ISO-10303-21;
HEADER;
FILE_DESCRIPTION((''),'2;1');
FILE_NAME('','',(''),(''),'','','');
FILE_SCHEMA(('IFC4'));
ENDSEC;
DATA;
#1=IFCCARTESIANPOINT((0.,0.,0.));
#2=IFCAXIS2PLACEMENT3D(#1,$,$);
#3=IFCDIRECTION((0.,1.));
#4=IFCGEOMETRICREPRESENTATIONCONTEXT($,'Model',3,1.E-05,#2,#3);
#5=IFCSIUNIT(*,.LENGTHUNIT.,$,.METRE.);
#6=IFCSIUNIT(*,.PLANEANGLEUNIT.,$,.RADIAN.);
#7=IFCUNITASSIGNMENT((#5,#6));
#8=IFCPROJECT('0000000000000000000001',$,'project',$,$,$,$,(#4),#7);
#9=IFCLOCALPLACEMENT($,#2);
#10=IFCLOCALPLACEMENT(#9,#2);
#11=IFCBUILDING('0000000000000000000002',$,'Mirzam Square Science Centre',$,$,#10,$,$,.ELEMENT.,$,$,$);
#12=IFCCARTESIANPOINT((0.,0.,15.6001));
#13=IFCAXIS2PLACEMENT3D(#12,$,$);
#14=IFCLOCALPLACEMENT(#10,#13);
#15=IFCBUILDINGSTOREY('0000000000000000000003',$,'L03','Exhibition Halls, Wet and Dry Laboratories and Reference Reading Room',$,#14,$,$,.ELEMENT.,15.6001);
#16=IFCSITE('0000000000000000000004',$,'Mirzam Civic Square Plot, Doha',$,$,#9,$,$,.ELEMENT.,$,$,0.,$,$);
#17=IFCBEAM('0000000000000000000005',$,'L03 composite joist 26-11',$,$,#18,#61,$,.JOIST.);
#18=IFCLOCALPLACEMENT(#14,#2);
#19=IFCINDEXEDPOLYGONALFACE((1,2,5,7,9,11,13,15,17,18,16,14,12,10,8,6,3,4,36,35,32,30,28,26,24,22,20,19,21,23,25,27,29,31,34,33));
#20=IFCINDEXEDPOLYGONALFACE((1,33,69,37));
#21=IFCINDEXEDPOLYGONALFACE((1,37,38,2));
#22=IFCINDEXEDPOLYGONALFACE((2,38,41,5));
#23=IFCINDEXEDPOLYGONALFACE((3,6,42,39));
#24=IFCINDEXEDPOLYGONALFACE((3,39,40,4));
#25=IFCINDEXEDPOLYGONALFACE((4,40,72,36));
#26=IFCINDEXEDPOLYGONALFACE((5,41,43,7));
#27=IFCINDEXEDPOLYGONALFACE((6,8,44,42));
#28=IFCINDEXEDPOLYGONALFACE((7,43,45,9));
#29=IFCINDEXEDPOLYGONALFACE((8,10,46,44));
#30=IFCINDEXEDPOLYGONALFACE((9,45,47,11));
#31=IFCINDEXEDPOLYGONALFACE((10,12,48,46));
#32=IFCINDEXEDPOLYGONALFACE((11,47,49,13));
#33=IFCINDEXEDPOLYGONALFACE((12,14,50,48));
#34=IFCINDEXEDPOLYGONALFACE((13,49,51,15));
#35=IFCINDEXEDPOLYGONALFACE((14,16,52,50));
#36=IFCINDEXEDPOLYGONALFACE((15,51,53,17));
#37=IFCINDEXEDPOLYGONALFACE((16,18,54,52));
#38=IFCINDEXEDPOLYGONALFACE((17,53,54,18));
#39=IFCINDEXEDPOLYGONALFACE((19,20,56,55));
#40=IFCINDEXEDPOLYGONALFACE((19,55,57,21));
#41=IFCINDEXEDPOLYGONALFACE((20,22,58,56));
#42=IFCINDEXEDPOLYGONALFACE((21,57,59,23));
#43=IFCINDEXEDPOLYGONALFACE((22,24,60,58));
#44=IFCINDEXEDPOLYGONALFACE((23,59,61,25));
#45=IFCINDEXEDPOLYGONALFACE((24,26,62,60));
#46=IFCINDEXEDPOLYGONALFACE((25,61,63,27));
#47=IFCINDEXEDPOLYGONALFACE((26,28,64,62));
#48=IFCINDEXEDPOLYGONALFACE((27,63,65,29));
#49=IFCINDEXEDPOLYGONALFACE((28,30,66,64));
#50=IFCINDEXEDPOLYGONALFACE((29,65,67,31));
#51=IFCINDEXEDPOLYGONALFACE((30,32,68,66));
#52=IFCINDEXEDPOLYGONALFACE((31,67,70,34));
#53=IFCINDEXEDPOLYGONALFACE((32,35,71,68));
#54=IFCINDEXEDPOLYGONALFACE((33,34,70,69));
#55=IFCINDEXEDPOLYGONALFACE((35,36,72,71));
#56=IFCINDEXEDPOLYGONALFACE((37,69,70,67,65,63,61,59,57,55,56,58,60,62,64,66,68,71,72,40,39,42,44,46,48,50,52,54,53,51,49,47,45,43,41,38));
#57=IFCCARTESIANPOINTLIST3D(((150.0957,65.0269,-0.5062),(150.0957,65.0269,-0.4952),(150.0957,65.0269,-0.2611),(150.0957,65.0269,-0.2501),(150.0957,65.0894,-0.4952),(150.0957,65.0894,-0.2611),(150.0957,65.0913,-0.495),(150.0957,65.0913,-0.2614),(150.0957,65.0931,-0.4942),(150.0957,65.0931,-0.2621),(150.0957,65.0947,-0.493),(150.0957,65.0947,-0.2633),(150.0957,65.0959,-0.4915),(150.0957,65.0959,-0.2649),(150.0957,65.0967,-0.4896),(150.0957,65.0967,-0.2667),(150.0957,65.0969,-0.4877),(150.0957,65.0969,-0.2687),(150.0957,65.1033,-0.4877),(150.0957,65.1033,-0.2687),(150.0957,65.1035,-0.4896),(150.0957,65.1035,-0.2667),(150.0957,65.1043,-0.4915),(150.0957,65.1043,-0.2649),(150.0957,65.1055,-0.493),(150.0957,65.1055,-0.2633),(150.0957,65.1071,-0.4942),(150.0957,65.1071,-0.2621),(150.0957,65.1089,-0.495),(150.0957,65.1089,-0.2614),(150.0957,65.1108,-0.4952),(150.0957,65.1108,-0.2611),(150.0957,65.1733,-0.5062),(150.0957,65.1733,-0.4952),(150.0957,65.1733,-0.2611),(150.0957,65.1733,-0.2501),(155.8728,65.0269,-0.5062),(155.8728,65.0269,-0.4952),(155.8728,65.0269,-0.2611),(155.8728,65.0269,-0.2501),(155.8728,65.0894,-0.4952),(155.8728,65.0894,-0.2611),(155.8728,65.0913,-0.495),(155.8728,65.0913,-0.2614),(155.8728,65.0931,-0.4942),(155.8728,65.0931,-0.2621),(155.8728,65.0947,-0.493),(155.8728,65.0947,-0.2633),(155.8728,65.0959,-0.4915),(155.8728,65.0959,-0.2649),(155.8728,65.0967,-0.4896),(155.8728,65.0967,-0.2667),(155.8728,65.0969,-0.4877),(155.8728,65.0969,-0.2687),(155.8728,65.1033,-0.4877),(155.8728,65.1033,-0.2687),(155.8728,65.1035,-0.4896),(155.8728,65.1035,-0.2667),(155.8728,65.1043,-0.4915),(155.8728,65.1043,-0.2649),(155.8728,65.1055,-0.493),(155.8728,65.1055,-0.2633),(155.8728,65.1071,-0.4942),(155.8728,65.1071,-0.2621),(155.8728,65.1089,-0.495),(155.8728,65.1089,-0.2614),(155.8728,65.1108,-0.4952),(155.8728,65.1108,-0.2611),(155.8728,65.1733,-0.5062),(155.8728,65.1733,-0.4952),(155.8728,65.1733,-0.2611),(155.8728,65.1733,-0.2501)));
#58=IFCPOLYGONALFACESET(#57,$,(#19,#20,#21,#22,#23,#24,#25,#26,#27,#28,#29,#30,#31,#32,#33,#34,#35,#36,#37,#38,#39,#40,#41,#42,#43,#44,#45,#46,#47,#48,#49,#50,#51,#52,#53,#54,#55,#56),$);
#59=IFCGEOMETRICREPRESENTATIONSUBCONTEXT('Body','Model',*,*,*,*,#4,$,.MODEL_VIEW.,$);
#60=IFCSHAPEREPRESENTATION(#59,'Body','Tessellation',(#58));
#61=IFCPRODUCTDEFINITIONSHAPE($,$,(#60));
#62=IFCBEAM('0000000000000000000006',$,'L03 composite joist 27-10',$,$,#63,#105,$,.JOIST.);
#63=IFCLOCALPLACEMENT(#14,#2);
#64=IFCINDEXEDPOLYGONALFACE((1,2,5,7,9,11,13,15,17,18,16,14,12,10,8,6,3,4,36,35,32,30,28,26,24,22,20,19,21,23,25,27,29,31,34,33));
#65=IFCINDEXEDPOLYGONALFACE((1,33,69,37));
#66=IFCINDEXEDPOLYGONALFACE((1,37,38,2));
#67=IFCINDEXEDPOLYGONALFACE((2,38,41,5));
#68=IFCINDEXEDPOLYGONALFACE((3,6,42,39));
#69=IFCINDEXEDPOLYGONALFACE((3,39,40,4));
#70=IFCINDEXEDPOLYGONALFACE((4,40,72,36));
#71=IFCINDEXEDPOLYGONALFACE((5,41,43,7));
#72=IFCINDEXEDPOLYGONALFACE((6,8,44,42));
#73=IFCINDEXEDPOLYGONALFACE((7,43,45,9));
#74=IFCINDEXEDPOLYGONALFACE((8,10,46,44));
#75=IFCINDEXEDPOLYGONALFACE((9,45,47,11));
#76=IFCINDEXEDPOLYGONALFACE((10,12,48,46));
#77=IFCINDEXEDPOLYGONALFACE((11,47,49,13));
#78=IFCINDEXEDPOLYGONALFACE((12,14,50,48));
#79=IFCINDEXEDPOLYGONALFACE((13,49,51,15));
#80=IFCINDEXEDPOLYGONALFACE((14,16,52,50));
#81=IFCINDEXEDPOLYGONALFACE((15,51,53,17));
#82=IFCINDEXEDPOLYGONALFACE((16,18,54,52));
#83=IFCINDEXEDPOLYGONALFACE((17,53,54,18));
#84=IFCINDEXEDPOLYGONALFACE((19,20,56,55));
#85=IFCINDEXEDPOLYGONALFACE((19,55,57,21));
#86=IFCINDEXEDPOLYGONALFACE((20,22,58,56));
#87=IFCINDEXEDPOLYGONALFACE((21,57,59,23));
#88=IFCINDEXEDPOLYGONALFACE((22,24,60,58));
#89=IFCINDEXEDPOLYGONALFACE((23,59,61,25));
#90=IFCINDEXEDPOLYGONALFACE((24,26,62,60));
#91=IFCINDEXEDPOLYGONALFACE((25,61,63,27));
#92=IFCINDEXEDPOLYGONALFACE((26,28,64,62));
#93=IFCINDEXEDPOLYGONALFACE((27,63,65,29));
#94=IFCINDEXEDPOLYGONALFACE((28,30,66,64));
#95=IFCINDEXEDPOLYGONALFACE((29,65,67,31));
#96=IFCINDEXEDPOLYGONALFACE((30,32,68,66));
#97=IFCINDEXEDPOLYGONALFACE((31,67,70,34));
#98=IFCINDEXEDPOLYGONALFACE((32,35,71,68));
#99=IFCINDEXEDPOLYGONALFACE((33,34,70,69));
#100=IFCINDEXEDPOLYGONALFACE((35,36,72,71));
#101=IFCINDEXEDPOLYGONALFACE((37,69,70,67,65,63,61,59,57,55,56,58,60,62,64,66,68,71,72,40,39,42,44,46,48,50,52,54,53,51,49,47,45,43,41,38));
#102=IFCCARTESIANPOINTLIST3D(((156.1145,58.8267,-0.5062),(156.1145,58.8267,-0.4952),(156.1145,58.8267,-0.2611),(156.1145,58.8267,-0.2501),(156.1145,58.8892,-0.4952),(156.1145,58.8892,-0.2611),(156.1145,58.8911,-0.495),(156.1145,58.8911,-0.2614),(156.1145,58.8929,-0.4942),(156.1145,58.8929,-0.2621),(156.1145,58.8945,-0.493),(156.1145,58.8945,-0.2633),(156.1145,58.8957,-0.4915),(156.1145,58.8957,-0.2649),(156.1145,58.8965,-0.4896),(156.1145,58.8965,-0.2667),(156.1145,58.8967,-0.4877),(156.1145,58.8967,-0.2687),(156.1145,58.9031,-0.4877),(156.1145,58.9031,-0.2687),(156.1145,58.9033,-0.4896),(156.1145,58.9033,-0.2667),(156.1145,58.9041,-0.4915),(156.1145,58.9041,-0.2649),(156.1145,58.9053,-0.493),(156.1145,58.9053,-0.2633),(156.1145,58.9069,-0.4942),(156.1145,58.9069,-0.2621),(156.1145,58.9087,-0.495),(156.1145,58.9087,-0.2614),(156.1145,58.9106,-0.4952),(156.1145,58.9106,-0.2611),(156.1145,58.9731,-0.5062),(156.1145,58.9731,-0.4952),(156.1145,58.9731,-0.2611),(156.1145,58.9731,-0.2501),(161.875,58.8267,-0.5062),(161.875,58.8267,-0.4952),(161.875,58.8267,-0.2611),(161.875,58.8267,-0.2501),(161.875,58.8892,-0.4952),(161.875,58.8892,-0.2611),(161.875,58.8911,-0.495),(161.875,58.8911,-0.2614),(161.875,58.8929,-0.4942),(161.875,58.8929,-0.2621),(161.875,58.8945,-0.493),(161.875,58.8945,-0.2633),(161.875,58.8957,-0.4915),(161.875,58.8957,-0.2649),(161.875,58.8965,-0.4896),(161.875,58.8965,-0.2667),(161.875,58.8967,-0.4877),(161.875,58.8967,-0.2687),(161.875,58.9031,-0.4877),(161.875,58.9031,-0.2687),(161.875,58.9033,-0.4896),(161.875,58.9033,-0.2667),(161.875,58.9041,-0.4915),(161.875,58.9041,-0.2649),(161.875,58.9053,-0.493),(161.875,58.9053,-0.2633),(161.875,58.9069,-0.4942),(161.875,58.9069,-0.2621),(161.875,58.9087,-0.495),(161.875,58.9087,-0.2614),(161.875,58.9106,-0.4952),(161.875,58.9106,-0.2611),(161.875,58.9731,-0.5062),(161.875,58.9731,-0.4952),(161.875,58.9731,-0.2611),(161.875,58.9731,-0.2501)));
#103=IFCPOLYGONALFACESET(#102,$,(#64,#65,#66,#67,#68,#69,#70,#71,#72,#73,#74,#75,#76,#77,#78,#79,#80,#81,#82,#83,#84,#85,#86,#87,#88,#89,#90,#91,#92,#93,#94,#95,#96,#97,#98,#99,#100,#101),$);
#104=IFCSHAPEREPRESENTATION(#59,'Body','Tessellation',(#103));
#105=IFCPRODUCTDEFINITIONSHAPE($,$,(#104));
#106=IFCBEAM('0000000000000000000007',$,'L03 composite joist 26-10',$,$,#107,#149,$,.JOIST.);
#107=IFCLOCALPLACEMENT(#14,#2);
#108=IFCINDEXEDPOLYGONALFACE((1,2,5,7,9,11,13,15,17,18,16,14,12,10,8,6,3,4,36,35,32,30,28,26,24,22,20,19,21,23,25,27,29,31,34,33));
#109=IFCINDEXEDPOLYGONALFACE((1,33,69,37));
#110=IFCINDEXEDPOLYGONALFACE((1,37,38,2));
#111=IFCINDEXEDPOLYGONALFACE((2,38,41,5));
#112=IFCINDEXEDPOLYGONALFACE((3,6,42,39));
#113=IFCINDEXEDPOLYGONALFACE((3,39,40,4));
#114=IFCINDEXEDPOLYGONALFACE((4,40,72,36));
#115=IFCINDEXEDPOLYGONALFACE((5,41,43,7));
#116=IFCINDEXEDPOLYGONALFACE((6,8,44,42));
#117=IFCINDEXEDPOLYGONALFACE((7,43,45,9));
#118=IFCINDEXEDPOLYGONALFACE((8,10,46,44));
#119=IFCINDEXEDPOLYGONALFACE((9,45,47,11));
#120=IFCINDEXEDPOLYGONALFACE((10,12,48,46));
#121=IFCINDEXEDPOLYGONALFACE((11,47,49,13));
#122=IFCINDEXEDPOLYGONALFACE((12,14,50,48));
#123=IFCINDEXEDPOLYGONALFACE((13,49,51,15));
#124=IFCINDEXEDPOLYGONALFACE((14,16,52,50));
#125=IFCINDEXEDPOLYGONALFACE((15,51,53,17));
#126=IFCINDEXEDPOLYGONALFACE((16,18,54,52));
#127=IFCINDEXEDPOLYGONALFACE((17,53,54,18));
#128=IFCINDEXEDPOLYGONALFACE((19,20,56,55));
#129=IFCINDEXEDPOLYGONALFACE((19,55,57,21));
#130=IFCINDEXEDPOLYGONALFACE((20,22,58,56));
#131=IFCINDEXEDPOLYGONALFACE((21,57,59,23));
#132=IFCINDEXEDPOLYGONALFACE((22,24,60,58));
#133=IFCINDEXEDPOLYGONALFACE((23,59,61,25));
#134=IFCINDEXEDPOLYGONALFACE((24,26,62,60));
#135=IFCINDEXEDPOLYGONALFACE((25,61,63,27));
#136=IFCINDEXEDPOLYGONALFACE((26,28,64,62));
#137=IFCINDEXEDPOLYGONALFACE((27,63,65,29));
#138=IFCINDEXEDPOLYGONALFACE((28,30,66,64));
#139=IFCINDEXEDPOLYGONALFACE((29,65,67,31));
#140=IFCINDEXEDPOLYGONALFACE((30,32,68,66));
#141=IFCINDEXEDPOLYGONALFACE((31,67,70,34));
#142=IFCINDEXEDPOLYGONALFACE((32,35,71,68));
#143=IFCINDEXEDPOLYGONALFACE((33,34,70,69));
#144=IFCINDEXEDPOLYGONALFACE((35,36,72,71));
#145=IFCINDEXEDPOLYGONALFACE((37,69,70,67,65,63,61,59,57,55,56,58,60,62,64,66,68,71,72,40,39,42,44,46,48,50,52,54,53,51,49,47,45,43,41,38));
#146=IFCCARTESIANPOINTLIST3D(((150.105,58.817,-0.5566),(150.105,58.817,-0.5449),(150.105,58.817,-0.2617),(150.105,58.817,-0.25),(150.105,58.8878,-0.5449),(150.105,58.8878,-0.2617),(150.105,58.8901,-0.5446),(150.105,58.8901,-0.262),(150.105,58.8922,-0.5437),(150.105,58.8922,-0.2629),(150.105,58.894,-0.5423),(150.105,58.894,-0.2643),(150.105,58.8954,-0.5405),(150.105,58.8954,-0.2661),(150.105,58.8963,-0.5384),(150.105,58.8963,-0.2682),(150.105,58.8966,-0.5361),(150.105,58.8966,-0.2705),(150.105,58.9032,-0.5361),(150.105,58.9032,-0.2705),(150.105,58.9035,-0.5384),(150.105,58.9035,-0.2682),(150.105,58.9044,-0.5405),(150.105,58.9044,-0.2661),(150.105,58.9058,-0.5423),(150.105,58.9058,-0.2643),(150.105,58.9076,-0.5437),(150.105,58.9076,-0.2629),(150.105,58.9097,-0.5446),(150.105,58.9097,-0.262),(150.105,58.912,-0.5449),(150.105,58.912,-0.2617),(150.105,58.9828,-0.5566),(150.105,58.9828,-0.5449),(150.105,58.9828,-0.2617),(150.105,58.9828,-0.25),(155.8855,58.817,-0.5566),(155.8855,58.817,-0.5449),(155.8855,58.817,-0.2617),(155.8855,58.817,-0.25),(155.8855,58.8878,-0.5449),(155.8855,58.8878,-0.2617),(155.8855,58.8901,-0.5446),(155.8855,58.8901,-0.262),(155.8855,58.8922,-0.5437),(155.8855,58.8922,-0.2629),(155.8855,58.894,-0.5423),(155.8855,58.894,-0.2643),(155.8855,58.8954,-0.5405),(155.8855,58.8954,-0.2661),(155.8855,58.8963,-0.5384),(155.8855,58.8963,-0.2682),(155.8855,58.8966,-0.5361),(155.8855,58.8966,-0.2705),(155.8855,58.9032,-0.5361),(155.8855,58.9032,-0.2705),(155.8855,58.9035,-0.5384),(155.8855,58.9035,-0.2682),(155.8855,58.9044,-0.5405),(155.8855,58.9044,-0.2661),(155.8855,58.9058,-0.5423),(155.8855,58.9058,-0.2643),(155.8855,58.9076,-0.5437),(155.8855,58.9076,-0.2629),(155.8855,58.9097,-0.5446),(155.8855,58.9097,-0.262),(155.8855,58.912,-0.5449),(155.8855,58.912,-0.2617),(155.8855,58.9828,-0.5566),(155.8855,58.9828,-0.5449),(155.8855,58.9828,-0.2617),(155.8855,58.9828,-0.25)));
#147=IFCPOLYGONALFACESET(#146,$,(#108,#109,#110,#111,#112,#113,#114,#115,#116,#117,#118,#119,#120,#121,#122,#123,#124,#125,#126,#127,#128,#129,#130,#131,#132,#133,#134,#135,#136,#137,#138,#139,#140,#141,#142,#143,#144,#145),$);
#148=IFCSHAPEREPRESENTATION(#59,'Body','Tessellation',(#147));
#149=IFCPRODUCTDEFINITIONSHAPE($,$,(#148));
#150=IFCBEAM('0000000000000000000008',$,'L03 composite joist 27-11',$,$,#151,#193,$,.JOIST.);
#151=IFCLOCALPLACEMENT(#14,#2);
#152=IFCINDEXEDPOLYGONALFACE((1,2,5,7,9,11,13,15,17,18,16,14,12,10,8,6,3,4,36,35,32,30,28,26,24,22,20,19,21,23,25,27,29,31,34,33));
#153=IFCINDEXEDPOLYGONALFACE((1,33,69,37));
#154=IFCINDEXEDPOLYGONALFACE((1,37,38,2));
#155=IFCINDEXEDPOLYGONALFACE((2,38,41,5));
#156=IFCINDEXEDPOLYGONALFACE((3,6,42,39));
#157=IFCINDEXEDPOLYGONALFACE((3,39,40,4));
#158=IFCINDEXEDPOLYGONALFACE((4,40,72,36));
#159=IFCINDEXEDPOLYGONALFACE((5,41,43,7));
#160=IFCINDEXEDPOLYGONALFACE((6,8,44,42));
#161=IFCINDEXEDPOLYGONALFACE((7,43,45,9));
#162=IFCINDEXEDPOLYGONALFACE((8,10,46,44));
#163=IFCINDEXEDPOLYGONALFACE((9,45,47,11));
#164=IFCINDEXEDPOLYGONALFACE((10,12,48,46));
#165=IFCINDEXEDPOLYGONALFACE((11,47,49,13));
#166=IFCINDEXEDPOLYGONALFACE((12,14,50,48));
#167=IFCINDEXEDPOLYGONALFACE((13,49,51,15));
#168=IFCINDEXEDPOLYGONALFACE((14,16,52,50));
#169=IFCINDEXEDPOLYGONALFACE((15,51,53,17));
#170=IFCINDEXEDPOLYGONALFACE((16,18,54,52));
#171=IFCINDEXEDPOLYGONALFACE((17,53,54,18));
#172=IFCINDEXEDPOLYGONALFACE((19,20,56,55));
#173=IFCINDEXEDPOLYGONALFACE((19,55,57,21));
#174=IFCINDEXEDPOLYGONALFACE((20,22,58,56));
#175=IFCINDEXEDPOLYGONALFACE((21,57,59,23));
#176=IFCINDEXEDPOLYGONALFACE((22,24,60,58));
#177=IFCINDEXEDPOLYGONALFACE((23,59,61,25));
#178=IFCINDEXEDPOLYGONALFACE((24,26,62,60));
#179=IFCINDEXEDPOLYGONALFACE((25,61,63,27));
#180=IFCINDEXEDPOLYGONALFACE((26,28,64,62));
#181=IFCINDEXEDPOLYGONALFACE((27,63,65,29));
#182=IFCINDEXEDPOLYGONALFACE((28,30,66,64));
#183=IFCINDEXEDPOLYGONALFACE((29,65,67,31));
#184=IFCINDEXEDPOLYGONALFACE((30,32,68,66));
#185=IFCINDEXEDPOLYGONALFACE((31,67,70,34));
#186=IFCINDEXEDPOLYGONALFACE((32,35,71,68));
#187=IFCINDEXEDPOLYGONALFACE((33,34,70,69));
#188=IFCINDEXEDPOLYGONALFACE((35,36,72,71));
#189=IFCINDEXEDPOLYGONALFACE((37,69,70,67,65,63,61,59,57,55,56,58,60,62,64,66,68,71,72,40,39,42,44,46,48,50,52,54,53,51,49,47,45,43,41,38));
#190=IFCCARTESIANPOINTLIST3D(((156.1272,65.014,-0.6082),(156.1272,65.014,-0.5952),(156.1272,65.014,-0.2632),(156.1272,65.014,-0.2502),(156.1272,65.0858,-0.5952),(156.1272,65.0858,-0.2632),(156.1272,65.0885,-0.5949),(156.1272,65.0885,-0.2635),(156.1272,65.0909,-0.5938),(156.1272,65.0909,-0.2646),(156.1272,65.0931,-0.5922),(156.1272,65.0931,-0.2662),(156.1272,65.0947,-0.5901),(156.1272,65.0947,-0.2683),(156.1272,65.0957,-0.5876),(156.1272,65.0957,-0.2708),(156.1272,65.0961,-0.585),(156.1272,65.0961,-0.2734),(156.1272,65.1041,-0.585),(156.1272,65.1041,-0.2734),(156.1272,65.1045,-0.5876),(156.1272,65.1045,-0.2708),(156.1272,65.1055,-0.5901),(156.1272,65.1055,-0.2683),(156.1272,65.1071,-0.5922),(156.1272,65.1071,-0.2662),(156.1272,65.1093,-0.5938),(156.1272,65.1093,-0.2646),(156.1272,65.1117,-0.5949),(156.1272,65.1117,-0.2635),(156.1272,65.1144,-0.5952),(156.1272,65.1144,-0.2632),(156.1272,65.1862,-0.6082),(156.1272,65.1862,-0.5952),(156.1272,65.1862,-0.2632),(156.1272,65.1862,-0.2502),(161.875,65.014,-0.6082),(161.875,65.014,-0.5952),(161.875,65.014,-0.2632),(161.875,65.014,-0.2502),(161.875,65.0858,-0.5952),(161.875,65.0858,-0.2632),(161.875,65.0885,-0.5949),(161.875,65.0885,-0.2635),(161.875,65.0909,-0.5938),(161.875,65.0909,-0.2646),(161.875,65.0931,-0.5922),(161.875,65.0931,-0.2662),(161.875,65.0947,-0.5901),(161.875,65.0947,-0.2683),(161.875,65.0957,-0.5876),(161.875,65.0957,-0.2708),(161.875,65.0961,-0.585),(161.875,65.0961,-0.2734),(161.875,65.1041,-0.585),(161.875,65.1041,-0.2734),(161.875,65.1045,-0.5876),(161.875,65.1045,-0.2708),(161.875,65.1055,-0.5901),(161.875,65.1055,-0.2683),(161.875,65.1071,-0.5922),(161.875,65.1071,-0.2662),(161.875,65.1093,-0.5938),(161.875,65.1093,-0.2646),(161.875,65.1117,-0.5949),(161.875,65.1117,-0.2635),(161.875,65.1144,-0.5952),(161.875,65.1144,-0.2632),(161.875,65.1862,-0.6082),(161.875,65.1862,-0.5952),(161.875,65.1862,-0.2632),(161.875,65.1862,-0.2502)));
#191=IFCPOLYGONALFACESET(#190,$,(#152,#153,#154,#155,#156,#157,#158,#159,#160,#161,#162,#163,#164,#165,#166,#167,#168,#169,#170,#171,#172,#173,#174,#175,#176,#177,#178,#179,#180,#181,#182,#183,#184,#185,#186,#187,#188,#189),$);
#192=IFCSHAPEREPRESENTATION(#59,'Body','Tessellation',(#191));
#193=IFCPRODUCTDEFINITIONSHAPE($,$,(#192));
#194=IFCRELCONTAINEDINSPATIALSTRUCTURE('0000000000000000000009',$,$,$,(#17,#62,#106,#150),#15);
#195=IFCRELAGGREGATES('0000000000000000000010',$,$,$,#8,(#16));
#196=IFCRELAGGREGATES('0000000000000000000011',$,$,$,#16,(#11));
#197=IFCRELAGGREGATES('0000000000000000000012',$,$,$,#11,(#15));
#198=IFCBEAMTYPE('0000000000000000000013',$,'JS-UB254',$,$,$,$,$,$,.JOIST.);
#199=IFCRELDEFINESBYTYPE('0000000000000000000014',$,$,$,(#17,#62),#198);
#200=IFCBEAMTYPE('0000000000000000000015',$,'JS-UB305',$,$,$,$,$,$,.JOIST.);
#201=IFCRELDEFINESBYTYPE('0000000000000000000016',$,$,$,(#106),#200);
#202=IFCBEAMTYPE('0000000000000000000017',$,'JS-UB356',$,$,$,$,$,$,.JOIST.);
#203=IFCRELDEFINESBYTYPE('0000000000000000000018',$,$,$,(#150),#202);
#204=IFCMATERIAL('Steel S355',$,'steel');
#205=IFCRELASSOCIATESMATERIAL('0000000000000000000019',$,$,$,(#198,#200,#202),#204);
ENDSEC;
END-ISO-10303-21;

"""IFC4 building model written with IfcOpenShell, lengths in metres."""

from ifc_helpers import new_model, si_unit, direction, frame, origin, origin_2d, place, context, subcontext, project, spatial, i_section, extrude, material, material_profile, profile_set, type_object, element, save


model = new_model("IFC4")

# Units and contexts
model_context = context("Model", 3, precision=1e-05, world=origin(), true_north=direction((0.0, 1.0)))
body_context = subcontext(model_context, "Body", "Model", "MODEL_VIEW")
ifc_project = project(units=[si_unit("LENGTHUNIT", "METRE"), si_unit("PLANEANGLEUNIT", "RADIAN")], contexts=[model_context])

# Site, building, storey
site_placement = place(None, origin())
site = spatial("IfcSite", under=ifc_project, at=site_placement, Name="Mirzam Civic Square Plot, Doha", CompositionType="ELEMENT", RefElevation=0.0)
building_placement = place(site_placement, origin())
building = spatial("IfcBuilding", under=site, at=building_placement, Name="Mirzam Square Science Centre", CompositionType="ELEMENT")
storey_placement = place(building_placement, frame((0.0, 0.0, 15.6001)))
storey = spatial("IfcBuildingStorey", under=building, at=storey_placement, Name="L03", Description="Exhibition Halls, Wet and Dry Laboratories and Reference Reading Room", CompositionType="ELEMENT", Elevation=15.6001)

# Shared definitions
ifc_material_1 = material(Name="Steel S355", Category="steel")

# Beams
ifc_material_profile_1 = material_profile(ifc_material_1, i_section(OverallWidth=0.1465, OverallDepth=0.2561, WebThickness=0.0063, FlangeThickness=0.011, FilletRadius=0.0076, at=origin_2d()), Name="254x146x37UB")
ifc_profile_set_1 = profile_set([ifc_material_profile_1], Name="Steel S355")
beam_type_1 = type_object("IfcBeamType", Name="JS-UB254", PredefinedType="JOIST", material=ifc_profile_set_1)
beam_1_placement = place(storey_placement, frame((150.0957, 65.1001, -0.3782), z_axis=(1.0, 0.0, 0.0), x_axis=(0.0, 1.0, 0.0)))
element("IfcBeam", 1, at=beam_1_placement, inside=storey, type_object=beam_type_1, Name="L03 composite joist 26-11", PredefinedType="JOIST", context=body_context, shape_type="SweptSolid", body=[
    extrude(i_section(OverallWidth=0.1465, OverallDepth=0.2561, WebThickness=0.0063, FlangeThickness=0.011, FilletRadius=0.0076, at=origin_2d()), origin(), (0.0, 0.0, 1.0), 5.7771),
])
beam_2_placement = place(storey_placement, frame((156.1145, 58.8999, -0.3782), z_axis=(1.0, 0.0, 0.0), x_axis=(0.0, 1.0, 0.0)))
element("IfcBeam", 2, at=beam_2_placement, inside=storey, type_object=beam_type_1, Name="L03 composite joist 27-10", PredefinedType="JOIST", context=body_context, shape_type="SweptSolid", body=[
    extrude(i_section(OverallWidth=0.1465, OverallDepth=0.2561, WebThickness=0.0063, FlangeThickness=0.011, FilletRadius=0.0076, at=origin_2d()), origin(), (0.0, 0.0, 1.0), 5.7605),
])
ifc_material_profile_2 = material_profile(ifc_material_1, i_section(OverallWidth=0.1658, OverallDepth=0.3066, WebThickness=0.0066, FlangeThickness=0.0117, FilletRadius=0.0088, at=origin_2d()), Name="305x165x46UB")
ifc_profile_set_2 = profile_set([ifc_material_profile_2], Name="Steel S355")
beam_type_2 = type_object("IfcBeamType", Name="JS-UB305", PredefinedType="JOIST", material=ifc_profile_set_2)
beam_3_placement = place(storey_placement, frame((150.105, 58.8999, -0.4033), z_axis=(1.0, 0.0, 0.0), x_axis=(0.0, 1.0, 0.0)))
element("IfcBeam", 3, at=beam_3_placement, inside=storey, type_object=beam_type_2, Name="L03 composite joist 26-10", PredefinedType="JOIST", context=body_context, shape_type="SweptSolid", body=[
    extrude(i_section(OverallWidth=0.1658, OverallDepth=0.3066, WebThickness=0.0066, FlangeThickness=0.0117, FilletRadius=0.0088, at=origin_2d()), origin(), (0.0, 0.0, 1.0), 5.7805),
])
ifc_material_profile_3 = material_profile(ifc_material_1, i_section(OverallWidth=0.1721, OverallDepth=0.3579, WebThickness=0.0081, FlangeThickness=0.0129, FilletRadius=0.0103, at=origin_2d()), Name="356x171x57UB")
ifc_profile_set_3 = profile_set([ifc_material_profile_3], Name="Steel S355")
beam_type_3 = type_object("IfcBeamType", Name="JS-UB356", PredefinedType="JOIST", material=ifc_profile_set_3)
beam_4_placement = place(storey_placement, frame((156.1272, 65.1001, -0.4292), z_axis=(1.0, 0.0, 0.0), x_axis=(0.0, 1.0, 0.0)))
element("IfcBeam", 4, at=beam_4_placement, inside=storey, type_object=beam_type_3, Name="L03 composite joist 27-11", PredefinedType="JOIST", context=body_context, shape_type="SweptSolid", body=[
    extrude(i_section(OverallWidth=0.1721, OverallDepth=0.3579, WebThickness=0.0081, FlangeThickness=0.0129, FilletRadius=0.0103, at=origin_2d()), origin(), (0.0, 0.0, 1.0), 5.7478),
])

save(model, "model.ifc")
